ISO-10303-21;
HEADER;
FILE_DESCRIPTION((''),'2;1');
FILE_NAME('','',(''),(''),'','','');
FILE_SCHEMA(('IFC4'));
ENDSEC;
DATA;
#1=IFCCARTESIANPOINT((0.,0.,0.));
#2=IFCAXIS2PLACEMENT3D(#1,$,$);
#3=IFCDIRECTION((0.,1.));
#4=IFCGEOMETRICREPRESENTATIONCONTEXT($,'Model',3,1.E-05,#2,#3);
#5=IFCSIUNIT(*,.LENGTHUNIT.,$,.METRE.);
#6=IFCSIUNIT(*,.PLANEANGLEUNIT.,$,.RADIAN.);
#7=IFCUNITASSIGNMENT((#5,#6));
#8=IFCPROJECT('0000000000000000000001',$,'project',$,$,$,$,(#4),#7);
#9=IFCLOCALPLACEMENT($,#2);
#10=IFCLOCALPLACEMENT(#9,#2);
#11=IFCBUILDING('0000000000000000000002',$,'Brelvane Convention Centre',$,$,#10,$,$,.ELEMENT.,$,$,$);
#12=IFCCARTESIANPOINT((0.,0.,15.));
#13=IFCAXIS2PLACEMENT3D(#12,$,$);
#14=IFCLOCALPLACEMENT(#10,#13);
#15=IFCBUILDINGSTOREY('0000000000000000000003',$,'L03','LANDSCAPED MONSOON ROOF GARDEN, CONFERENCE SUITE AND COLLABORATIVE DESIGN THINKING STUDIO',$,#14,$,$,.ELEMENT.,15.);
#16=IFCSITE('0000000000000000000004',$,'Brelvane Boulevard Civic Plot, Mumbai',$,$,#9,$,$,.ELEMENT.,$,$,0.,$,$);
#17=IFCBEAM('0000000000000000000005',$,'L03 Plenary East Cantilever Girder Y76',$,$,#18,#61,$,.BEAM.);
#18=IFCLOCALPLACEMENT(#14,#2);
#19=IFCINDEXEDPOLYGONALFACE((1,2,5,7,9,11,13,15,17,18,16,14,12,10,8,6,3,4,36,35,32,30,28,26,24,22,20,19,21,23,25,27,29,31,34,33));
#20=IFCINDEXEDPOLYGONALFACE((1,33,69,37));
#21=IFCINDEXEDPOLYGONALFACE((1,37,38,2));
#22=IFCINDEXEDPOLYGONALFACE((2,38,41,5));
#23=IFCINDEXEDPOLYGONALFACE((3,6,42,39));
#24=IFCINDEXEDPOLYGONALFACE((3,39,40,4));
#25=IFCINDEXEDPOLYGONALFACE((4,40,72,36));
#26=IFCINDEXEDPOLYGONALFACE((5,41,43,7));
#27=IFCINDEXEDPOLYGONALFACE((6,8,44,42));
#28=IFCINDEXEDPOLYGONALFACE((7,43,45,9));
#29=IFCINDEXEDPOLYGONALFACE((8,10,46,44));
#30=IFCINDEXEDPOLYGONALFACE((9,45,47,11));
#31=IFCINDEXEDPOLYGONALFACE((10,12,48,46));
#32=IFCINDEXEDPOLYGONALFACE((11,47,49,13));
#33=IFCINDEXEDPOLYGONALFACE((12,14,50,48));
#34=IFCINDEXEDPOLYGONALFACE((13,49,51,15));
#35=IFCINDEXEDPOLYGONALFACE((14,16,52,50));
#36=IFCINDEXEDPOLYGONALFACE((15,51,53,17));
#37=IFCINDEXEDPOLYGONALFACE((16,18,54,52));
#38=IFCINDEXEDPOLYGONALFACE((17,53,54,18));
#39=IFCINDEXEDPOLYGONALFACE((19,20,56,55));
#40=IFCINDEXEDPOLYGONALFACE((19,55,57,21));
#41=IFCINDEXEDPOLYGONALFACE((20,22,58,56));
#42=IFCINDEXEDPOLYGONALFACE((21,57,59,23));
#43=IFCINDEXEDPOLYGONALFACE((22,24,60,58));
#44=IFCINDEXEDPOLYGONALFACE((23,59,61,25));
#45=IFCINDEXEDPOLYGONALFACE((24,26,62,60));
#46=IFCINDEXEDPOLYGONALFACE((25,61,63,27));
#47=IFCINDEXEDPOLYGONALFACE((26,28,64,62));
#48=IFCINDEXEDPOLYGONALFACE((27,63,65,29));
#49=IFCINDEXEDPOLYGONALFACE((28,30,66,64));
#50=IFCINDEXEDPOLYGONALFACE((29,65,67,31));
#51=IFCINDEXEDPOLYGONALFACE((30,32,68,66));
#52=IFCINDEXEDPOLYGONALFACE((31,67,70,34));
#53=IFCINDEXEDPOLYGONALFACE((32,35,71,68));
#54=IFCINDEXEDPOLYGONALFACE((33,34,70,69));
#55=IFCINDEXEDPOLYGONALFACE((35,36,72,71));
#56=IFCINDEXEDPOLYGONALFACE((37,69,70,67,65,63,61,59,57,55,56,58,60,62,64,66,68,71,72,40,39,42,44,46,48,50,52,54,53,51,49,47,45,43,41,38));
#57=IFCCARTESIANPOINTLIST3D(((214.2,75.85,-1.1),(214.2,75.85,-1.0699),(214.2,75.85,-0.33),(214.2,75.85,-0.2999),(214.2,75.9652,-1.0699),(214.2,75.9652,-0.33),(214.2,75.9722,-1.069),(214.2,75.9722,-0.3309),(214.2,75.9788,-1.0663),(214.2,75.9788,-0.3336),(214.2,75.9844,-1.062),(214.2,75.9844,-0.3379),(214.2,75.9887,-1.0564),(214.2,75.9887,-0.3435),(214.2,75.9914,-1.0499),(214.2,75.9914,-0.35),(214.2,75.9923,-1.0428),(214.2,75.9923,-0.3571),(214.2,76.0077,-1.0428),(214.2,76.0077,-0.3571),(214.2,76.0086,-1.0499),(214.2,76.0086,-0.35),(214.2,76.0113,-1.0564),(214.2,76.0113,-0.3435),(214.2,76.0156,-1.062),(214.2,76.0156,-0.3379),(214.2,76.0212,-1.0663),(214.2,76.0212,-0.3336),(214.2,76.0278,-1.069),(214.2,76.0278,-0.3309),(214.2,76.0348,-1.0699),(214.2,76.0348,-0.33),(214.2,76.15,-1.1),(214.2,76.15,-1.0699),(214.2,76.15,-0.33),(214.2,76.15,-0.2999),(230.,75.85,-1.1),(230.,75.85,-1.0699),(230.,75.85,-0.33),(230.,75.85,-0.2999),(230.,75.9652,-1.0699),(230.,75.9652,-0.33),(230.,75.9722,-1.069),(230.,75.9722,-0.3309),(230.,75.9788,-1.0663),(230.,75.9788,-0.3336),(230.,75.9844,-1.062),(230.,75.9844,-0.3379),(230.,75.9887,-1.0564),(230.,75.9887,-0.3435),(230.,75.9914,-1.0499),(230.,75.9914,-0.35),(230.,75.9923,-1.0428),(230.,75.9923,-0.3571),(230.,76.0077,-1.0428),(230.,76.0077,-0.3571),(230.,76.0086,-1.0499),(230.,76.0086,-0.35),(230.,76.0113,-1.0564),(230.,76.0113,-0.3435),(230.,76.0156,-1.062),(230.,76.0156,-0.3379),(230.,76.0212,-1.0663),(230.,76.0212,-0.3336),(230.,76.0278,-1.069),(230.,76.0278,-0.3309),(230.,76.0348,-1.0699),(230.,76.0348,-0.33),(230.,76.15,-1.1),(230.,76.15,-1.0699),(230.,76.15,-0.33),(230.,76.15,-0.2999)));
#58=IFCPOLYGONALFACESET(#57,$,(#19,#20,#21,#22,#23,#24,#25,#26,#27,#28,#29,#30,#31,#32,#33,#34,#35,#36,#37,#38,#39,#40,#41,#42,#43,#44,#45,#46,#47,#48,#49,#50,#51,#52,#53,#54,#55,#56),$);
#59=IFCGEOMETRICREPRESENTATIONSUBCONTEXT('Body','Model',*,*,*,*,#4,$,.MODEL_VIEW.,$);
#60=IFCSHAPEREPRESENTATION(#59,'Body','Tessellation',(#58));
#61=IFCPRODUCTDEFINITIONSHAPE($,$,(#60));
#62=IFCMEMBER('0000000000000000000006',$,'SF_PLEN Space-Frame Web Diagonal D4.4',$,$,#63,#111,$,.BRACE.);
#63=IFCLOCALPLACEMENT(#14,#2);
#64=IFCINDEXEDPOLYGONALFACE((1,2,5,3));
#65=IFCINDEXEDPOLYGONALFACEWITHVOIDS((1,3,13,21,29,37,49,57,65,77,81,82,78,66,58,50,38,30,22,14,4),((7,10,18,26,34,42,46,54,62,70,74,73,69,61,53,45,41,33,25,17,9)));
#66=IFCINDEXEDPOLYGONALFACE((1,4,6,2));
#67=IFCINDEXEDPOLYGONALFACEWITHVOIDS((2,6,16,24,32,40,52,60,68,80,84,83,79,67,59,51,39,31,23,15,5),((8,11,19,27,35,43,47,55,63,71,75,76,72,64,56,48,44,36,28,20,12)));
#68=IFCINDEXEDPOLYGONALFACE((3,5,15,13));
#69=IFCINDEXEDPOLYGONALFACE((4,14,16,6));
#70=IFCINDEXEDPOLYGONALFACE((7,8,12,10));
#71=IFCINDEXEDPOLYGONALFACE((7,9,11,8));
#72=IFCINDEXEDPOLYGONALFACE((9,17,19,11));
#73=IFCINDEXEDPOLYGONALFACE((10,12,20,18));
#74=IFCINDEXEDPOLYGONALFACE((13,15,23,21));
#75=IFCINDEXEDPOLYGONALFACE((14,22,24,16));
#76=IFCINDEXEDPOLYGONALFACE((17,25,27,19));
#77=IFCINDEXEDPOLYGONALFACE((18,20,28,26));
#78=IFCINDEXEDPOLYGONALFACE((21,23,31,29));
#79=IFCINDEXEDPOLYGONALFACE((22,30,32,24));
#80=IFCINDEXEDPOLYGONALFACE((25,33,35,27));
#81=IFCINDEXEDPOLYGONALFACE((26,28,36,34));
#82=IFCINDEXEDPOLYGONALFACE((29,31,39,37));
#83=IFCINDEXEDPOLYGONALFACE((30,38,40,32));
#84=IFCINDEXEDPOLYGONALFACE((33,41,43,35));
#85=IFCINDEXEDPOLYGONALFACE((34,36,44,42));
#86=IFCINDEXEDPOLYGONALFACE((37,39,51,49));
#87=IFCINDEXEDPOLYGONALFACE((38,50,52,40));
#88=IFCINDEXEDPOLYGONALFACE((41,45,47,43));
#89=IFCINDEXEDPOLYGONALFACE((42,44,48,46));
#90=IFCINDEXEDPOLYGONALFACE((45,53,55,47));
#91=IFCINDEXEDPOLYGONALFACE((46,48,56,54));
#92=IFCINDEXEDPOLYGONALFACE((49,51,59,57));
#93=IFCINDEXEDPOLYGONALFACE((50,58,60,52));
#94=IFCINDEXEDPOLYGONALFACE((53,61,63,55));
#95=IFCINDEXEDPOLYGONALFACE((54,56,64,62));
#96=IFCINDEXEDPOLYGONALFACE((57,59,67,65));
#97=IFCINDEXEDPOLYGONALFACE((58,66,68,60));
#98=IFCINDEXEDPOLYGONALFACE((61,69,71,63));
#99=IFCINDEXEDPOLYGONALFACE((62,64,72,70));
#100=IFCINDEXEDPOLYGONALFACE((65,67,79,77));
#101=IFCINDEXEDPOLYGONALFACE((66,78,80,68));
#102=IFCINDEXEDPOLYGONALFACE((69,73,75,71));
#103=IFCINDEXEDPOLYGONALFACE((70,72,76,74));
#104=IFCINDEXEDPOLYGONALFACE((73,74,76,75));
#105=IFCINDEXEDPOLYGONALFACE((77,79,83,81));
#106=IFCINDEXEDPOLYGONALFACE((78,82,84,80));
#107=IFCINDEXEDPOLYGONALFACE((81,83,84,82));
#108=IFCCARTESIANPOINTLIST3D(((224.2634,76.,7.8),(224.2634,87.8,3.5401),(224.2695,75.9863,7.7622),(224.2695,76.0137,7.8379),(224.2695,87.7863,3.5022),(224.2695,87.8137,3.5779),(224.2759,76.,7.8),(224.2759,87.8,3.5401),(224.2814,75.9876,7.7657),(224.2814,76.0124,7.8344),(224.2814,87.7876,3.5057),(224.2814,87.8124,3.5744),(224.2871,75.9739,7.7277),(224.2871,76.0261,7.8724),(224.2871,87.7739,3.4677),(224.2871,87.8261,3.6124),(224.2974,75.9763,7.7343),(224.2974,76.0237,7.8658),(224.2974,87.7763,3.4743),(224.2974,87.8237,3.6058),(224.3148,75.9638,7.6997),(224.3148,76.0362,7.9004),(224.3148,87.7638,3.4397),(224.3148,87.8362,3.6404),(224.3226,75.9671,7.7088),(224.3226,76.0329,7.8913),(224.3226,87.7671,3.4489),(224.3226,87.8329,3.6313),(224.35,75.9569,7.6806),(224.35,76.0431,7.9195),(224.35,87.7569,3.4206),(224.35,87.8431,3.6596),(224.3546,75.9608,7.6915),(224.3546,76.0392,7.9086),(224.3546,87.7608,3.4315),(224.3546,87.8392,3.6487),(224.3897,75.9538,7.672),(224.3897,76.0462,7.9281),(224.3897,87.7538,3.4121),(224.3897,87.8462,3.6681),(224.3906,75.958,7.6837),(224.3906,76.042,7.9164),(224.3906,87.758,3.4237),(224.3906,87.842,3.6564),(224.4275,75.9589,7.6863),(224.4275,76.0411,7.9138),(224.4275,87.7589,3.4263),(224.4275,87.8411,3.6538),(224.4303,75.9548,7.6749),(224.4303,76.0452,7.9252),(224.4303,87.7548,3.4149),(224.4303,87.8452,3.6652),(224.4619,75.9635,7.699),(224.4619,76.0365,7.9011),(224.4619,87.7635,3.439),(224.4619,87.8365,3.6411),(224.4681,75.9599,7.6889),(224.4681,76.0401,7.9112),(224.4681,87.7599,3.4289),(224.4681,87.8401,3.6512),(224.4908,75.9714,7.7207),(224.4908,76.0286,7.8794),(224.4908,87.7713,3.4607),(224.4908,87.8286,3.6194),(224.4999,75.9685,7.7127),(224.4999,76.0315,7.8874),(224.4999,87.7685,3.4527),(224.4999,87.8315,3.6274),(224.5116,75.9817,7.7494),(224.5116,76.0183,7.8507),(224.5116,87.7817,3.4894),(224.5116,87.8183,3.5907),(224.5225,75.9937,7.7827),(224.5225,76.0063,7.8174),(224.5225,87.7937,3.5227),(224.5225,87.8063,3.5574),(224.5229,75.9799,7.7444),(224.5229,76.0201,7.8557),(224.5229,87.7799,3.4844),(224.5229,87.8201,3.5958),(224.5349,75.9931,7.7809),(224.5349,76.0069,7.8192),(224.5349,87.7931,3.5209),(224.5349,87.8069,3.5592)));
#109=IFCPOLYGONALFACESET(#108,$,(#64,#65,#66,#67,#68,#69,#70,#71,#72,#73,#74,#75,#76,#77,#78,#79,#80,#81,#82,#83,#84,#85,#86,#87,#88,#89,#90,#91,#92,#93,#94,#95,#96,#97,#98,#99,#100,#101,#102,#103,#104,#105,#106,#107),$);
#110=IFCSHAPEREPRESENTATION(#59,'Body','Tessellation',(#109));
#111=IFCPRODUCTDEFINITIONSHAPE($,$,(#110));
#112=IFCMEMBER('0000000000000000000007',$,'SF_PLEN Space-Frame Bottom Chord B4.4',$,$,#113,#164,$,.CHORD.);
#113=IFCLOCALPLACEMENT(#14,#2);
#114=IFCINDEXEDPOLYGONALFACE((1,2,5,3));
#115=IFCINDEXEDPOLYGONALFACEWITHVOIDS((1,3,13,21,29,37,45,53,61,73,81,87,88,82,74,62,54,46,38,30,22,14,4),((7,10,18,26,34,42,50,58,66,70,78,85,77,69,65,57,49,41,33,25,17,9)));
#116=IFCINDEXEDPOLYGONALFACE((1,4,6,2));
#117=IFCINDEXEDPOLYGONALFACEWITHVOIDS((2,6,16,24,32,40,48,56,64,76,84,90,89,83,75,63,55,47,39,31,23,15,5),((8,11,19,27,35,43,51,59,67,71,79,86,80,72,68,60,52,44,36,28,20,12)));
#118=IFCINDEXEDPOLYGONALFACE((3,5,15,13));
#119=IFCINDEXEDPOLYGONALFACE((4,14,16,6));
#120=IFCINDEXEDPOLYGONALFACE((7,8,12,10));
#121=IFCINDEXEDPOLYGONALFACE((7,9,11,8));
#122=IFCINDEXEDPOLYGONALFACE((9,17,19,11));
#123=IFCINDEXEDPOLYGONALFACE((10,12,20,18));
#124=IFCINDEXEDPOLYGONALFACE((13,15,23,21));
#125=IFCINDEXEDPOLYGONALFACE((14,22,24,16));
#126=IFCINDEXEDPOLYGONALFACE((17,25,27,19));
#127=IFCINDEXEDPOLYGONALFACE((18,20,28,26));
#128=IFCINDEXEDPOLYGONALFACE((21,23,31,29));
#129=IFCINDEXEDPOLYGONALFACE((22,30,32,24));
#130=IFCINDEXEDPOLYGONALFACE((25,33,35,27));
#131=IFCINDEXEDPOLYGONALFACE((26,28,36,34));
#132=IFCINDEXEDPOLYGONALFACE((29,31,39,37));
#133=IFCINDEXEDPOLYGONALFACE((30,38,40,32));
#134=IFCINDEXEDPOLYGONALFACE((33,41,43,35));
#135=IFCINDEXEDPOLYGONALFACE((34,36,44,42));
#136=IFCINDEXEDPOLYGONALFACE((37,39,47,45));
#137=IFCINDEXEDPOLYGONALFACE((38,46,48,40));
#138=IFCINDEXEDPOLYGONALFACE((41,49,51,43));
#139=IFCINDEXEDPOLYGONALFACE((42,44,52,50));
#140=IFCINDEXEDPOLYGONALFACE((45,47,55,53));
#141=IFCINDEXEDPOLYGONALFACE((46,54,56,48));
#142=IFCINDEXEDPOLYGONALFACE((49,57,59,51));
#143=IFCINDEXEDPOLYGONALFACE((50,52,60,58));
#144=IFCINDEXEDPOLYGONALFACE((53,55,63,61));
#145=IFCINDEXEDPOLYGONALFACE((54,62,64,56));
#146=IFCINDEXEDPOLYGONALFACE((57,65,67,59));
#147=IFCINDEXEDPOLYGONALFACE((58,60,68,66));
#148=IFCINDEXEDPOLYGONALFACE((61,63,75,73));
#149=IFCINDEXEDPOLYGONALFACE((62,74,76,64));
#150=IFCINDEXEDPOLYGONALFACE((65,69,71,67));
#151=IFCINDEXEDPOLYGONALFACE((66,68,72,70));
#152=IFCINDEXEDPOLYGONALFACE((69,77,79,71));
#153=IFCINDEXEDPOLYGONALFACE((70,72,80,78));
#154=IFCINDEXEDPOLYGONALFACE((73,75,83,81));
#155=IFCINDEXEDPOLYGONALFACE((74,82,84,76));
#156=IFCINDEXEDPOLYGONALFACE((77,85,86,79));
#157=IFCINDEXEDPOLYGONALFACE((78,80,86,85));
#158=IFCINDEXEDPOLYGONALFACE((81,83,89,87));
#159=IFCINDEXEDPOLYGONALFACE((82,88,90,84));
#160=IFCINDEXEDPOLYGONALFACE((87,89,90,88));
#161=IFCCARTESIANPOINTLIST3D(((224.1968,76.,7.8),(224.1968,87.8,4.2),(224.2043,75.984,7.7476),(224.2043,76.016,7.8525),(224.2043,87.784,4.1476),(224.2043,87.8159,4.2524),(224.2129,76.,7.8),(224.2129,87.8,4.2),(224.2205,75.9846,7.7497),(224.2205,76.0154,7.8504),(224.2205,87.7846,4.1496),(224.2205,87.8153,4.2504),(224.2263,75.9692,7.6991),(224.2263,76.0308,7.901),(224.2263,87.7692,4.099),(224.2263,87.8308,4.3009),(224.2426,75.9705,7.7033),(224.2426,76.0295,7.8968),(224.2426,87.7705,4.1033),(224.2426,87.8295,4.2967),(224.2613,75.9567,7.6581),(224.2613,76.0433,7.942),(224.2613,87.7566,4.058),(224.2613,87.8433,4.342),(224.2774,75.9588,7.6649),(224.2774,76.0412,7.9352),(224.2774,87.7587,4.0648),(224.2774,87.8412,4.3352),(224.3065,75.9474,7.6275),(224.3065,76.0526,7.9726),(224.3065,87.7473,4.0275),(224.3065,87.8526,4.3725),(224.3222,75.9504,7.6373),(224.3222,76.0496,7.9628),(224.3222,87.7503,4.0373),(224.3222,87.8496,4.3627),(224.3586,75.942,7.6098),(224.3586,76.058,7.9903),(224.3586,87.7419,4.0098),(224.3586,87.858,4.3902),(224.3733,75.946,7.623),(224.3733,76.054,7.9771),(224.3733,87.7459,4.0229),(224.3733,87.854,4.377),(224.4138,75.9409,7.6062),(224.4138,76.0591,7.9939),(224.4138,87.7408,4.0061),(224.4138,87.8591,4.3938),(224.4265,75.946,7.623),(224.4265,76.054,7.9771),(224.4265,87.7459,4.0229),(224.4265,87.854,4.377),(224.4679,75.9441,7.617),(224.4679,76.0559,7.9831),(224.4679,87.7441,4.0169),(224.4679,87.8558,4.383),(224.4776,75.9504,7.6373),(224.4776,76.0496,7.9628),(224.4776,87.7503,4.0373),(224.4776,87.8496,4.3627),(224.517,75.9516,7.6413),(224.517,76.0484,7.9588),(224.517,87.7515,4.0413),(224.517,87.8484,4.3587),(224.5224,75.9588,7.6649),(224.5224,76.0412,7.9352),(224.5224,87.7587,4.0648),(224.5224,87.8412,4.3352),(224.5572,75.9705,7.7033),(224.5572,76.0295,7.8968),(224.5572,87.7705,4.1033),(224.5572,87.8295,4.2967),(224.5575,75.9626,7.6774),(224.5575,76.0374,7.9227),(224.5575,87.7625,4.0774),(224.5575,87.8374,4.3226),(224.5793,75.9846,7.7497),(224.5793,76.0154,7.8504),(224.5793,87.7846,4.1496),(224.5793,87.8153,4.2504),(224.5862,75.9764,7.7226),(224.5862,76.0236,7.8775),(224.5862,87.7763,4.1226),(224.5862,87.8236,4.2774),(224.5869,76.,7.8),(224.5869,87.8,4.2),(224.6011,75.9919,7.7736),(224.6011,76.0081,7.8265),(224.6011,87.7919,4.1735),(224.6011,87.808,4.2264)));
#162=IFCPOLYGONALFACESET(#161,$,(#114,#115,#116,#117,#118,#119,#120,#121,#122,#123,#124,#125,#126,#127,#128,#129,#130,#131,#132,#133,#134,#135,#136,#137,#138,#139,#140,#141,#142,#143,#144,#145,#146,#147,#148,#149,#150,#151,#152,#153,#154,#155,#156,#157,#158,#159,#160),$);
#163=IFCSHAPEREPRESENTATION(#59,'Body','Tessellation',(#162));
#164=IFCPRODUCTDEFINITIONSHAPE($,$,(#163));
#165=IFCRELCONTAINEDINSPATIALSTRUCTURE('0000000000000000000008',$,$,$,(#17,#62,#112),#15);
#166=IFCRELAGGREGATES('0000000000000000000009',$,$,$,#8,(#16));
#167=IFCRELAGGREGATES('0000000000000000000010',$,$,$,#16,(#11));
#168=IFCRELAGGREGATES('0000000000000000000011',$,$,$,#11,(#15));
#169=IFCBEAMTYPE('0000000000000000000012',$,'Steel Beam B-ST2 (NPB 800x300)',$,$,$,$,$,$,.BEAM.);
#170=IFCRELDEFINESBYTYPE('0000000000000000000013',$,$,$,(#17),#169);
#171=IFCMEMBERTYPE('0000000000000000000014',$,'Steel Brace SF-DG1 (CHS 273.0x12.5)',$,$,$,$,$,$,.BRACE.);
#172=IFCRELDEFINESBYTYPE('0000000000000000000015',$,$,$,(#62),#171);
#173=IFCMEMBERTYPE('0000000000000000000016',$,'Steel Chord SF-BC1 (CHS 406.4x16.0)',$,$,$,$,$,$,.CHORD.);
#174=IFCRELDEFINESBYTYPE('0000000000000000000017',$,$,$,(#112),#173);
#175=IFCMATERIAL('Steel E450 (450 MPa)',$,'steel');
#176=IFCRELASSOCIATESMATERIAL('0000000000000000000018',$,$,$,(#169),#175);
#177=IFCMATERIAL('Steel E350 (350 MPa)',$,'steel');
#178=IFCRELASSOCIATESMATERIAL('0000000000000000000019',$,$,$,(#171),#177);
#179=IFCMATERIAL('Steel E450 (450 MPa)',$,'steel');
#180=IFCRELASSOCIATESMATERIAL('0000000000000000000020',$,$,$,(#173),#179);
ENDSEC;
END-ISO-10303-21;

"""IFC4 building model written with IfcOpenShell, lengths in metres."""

from ifc_helpers import new_model, si_unit, direction, frame, origin, origin_2d, place, context, subcontext, project, spatial, hollow_circle, i_section, extrude, material, material_profile, profile_set, type_object, element, save


model = new_model("IFC4")

# Units and contexts
model_context = context("Model", 3, precision=1e-05, world=origin(), true_north=direction((0.0, 1.0)))
body_context = subcontext(model_context, "Body", "Model", "MODEL_VIEW")
ifc_project = project(units=[si_unit("LENGTHUNIT", "METRE"), si_unit("PLANEANGLEUNIT", "RADIAN")], contexts=[model_context])

# Site, building, storey
site_placement = place(None, origin())
site = spatial("IfcSite", under=ifc_project, at=site_placement, Name="Brelvane Boulevard Civic Plot, Mumbai", CompositionType="ELEMENT", RefElevation=0.0)
building_placement = place(site_placement, origin())
building = spatial("IfcBuilding", under=site, at=building_placement, Name="Brelvane Convention Centre", CompositionType="ELEMENT")
storey_placement = place(building_placement, frame((0.0, 0.0, 15.0)))
storey = spatial("IfcBuildingStorey", under=building, at=storey_placement, Name="L03", Description="LANDSCAPED MONSOON ROOF GARDEN, CONFERENCE SUITE AND COLLABORATIVE DESIGN THINKING STUDIO", CompositionType="ELEMENT", Elevation=15.0)

# Beam
ifc_material_1 = material(Name="Steel E450 (450 MPa)", Category="steel")
ifc_material_profile_1 = material_profile(ifc_material_1, i_section(OverallWidth=0.3, OverallDepth=0.8, WebThickness=0.0154, FlangeThickness=0.03, FilletRadius=0.0271, at=origin_2d()), Name="NPB 800x300")
ifc_profile_set_1 = profile_set([ifc_material_profile_1], Name="Steel E450 (450 MPa)")
beam_type_1 = type_object("IfcBeamType", Name="Steel Beam B-ST2 (NPB 800x300)", PredefinedType="BEAM", material=ifc_profile_set_1)
beam_1_placement = place(storey_placement, frame((214.2, 76.0, -0.7), z_axis=(1.0, 0.0, 0.0), x_axis=(0.0, 1.0, 0.0)))
element("IfcBeam", 1, at=beam_1_placement, inside=storey, type_object=beam_type_1, Name="L03 Plenary East Cantilever Girder Y76", PredefinedType="BEAM", context=body_context, shape_type="SweptSolid", body=[
    extrude(i_section(OverallWidth=0.3, OverallDepth=0.8, WebThickness=0.0154, FlangeThickness=0.03, FilletRadius=0.0271, at=origin_2d()), origin(), (0.0, 0.0, 1.0), 15.8),
])

# Members
ifc_material_2 = material(Name="Steel E350 (350 MPa)", Category="steel")
ifc_material_profile_2 = material_profile(ifc_material_2, hollow_circle(Radius=0.1365, WallThickness=0.0125, at=origin_2d()), Name="CHS 273.0x12.5")
ifc_profile_set_2 = profile_set([ifc_material_profile_2], Name="Steel E350 (350 MPa)")
member_type_1 = type_object("IfcMemberType", Name="Steel Brace SF-DG1 (CHS 273.0x12.5)", PredefinedType="BRACE", material=ifc_profile_set_2)
member_1_placement = place(storey_placement, frame((224.3999, 76.0, 7.8), z_axis=(0.0, 0.940582, -0.339566), x_axis=(-1.0, 0.0, 0.0)))
element("IfcMember", 2, at=member_1_placement, inside=storey, type_object=member_type_1, Name="SF_PLEN Space-Frame Web Diagonal D4.4", PredefinedType="BRACE", context=body_context, shape_type="SweptSolid", body=[
    extrude(hollow_circle(Radius=0.1365, WallThickness=0.0125, at=origin_2d()), origin(), (0.0, 0.0, 1.0), 12.5454),
])
ifc_material_3 = material(Name="Steel E450 (450 MPa)", Category="steel")
ifc_material_profile_3 = material_profile(ifc_material_3, hollow_circle(Radius=0.2031, WallThickness=0.0161, at=origin_2d()), Name="CHS 406.4x16.0")
ifc_profile_set_3 = profile_set([ifc_material_profile_3], Name="Steel E450 (450 MPa)")
member_type_2 = type_object("IfcMemberType", Name="Steel Chord SF-BC1 (CHS 406.4x16.0)", PredefinedType="CHORD", material=ifc_profile_set_3)
member_2_placement = place(storey_placement, frame((224.3999, 76.0, 7.8), z_axis=(0.0, 0.956475, -0.291813), x_axis=(-1.0, 0.0, 0.0)))
element("IfcMember", 3, at=member_2_placement, inside=storey, type_object=member_type_2, Name="SF_PLEN Space-Frame Bottom Chord B4.4", PredefinedType="CHORD", context=body_context, shape_type="SweptSolid", body=[
    extrude(hollow_circle(Radius=0.2031, WallThickness=0.0161, at=origin_2d()), origin(), (0.0, 0.0, 1.0), 12.3369),
])

save(model, "model.ifc")
